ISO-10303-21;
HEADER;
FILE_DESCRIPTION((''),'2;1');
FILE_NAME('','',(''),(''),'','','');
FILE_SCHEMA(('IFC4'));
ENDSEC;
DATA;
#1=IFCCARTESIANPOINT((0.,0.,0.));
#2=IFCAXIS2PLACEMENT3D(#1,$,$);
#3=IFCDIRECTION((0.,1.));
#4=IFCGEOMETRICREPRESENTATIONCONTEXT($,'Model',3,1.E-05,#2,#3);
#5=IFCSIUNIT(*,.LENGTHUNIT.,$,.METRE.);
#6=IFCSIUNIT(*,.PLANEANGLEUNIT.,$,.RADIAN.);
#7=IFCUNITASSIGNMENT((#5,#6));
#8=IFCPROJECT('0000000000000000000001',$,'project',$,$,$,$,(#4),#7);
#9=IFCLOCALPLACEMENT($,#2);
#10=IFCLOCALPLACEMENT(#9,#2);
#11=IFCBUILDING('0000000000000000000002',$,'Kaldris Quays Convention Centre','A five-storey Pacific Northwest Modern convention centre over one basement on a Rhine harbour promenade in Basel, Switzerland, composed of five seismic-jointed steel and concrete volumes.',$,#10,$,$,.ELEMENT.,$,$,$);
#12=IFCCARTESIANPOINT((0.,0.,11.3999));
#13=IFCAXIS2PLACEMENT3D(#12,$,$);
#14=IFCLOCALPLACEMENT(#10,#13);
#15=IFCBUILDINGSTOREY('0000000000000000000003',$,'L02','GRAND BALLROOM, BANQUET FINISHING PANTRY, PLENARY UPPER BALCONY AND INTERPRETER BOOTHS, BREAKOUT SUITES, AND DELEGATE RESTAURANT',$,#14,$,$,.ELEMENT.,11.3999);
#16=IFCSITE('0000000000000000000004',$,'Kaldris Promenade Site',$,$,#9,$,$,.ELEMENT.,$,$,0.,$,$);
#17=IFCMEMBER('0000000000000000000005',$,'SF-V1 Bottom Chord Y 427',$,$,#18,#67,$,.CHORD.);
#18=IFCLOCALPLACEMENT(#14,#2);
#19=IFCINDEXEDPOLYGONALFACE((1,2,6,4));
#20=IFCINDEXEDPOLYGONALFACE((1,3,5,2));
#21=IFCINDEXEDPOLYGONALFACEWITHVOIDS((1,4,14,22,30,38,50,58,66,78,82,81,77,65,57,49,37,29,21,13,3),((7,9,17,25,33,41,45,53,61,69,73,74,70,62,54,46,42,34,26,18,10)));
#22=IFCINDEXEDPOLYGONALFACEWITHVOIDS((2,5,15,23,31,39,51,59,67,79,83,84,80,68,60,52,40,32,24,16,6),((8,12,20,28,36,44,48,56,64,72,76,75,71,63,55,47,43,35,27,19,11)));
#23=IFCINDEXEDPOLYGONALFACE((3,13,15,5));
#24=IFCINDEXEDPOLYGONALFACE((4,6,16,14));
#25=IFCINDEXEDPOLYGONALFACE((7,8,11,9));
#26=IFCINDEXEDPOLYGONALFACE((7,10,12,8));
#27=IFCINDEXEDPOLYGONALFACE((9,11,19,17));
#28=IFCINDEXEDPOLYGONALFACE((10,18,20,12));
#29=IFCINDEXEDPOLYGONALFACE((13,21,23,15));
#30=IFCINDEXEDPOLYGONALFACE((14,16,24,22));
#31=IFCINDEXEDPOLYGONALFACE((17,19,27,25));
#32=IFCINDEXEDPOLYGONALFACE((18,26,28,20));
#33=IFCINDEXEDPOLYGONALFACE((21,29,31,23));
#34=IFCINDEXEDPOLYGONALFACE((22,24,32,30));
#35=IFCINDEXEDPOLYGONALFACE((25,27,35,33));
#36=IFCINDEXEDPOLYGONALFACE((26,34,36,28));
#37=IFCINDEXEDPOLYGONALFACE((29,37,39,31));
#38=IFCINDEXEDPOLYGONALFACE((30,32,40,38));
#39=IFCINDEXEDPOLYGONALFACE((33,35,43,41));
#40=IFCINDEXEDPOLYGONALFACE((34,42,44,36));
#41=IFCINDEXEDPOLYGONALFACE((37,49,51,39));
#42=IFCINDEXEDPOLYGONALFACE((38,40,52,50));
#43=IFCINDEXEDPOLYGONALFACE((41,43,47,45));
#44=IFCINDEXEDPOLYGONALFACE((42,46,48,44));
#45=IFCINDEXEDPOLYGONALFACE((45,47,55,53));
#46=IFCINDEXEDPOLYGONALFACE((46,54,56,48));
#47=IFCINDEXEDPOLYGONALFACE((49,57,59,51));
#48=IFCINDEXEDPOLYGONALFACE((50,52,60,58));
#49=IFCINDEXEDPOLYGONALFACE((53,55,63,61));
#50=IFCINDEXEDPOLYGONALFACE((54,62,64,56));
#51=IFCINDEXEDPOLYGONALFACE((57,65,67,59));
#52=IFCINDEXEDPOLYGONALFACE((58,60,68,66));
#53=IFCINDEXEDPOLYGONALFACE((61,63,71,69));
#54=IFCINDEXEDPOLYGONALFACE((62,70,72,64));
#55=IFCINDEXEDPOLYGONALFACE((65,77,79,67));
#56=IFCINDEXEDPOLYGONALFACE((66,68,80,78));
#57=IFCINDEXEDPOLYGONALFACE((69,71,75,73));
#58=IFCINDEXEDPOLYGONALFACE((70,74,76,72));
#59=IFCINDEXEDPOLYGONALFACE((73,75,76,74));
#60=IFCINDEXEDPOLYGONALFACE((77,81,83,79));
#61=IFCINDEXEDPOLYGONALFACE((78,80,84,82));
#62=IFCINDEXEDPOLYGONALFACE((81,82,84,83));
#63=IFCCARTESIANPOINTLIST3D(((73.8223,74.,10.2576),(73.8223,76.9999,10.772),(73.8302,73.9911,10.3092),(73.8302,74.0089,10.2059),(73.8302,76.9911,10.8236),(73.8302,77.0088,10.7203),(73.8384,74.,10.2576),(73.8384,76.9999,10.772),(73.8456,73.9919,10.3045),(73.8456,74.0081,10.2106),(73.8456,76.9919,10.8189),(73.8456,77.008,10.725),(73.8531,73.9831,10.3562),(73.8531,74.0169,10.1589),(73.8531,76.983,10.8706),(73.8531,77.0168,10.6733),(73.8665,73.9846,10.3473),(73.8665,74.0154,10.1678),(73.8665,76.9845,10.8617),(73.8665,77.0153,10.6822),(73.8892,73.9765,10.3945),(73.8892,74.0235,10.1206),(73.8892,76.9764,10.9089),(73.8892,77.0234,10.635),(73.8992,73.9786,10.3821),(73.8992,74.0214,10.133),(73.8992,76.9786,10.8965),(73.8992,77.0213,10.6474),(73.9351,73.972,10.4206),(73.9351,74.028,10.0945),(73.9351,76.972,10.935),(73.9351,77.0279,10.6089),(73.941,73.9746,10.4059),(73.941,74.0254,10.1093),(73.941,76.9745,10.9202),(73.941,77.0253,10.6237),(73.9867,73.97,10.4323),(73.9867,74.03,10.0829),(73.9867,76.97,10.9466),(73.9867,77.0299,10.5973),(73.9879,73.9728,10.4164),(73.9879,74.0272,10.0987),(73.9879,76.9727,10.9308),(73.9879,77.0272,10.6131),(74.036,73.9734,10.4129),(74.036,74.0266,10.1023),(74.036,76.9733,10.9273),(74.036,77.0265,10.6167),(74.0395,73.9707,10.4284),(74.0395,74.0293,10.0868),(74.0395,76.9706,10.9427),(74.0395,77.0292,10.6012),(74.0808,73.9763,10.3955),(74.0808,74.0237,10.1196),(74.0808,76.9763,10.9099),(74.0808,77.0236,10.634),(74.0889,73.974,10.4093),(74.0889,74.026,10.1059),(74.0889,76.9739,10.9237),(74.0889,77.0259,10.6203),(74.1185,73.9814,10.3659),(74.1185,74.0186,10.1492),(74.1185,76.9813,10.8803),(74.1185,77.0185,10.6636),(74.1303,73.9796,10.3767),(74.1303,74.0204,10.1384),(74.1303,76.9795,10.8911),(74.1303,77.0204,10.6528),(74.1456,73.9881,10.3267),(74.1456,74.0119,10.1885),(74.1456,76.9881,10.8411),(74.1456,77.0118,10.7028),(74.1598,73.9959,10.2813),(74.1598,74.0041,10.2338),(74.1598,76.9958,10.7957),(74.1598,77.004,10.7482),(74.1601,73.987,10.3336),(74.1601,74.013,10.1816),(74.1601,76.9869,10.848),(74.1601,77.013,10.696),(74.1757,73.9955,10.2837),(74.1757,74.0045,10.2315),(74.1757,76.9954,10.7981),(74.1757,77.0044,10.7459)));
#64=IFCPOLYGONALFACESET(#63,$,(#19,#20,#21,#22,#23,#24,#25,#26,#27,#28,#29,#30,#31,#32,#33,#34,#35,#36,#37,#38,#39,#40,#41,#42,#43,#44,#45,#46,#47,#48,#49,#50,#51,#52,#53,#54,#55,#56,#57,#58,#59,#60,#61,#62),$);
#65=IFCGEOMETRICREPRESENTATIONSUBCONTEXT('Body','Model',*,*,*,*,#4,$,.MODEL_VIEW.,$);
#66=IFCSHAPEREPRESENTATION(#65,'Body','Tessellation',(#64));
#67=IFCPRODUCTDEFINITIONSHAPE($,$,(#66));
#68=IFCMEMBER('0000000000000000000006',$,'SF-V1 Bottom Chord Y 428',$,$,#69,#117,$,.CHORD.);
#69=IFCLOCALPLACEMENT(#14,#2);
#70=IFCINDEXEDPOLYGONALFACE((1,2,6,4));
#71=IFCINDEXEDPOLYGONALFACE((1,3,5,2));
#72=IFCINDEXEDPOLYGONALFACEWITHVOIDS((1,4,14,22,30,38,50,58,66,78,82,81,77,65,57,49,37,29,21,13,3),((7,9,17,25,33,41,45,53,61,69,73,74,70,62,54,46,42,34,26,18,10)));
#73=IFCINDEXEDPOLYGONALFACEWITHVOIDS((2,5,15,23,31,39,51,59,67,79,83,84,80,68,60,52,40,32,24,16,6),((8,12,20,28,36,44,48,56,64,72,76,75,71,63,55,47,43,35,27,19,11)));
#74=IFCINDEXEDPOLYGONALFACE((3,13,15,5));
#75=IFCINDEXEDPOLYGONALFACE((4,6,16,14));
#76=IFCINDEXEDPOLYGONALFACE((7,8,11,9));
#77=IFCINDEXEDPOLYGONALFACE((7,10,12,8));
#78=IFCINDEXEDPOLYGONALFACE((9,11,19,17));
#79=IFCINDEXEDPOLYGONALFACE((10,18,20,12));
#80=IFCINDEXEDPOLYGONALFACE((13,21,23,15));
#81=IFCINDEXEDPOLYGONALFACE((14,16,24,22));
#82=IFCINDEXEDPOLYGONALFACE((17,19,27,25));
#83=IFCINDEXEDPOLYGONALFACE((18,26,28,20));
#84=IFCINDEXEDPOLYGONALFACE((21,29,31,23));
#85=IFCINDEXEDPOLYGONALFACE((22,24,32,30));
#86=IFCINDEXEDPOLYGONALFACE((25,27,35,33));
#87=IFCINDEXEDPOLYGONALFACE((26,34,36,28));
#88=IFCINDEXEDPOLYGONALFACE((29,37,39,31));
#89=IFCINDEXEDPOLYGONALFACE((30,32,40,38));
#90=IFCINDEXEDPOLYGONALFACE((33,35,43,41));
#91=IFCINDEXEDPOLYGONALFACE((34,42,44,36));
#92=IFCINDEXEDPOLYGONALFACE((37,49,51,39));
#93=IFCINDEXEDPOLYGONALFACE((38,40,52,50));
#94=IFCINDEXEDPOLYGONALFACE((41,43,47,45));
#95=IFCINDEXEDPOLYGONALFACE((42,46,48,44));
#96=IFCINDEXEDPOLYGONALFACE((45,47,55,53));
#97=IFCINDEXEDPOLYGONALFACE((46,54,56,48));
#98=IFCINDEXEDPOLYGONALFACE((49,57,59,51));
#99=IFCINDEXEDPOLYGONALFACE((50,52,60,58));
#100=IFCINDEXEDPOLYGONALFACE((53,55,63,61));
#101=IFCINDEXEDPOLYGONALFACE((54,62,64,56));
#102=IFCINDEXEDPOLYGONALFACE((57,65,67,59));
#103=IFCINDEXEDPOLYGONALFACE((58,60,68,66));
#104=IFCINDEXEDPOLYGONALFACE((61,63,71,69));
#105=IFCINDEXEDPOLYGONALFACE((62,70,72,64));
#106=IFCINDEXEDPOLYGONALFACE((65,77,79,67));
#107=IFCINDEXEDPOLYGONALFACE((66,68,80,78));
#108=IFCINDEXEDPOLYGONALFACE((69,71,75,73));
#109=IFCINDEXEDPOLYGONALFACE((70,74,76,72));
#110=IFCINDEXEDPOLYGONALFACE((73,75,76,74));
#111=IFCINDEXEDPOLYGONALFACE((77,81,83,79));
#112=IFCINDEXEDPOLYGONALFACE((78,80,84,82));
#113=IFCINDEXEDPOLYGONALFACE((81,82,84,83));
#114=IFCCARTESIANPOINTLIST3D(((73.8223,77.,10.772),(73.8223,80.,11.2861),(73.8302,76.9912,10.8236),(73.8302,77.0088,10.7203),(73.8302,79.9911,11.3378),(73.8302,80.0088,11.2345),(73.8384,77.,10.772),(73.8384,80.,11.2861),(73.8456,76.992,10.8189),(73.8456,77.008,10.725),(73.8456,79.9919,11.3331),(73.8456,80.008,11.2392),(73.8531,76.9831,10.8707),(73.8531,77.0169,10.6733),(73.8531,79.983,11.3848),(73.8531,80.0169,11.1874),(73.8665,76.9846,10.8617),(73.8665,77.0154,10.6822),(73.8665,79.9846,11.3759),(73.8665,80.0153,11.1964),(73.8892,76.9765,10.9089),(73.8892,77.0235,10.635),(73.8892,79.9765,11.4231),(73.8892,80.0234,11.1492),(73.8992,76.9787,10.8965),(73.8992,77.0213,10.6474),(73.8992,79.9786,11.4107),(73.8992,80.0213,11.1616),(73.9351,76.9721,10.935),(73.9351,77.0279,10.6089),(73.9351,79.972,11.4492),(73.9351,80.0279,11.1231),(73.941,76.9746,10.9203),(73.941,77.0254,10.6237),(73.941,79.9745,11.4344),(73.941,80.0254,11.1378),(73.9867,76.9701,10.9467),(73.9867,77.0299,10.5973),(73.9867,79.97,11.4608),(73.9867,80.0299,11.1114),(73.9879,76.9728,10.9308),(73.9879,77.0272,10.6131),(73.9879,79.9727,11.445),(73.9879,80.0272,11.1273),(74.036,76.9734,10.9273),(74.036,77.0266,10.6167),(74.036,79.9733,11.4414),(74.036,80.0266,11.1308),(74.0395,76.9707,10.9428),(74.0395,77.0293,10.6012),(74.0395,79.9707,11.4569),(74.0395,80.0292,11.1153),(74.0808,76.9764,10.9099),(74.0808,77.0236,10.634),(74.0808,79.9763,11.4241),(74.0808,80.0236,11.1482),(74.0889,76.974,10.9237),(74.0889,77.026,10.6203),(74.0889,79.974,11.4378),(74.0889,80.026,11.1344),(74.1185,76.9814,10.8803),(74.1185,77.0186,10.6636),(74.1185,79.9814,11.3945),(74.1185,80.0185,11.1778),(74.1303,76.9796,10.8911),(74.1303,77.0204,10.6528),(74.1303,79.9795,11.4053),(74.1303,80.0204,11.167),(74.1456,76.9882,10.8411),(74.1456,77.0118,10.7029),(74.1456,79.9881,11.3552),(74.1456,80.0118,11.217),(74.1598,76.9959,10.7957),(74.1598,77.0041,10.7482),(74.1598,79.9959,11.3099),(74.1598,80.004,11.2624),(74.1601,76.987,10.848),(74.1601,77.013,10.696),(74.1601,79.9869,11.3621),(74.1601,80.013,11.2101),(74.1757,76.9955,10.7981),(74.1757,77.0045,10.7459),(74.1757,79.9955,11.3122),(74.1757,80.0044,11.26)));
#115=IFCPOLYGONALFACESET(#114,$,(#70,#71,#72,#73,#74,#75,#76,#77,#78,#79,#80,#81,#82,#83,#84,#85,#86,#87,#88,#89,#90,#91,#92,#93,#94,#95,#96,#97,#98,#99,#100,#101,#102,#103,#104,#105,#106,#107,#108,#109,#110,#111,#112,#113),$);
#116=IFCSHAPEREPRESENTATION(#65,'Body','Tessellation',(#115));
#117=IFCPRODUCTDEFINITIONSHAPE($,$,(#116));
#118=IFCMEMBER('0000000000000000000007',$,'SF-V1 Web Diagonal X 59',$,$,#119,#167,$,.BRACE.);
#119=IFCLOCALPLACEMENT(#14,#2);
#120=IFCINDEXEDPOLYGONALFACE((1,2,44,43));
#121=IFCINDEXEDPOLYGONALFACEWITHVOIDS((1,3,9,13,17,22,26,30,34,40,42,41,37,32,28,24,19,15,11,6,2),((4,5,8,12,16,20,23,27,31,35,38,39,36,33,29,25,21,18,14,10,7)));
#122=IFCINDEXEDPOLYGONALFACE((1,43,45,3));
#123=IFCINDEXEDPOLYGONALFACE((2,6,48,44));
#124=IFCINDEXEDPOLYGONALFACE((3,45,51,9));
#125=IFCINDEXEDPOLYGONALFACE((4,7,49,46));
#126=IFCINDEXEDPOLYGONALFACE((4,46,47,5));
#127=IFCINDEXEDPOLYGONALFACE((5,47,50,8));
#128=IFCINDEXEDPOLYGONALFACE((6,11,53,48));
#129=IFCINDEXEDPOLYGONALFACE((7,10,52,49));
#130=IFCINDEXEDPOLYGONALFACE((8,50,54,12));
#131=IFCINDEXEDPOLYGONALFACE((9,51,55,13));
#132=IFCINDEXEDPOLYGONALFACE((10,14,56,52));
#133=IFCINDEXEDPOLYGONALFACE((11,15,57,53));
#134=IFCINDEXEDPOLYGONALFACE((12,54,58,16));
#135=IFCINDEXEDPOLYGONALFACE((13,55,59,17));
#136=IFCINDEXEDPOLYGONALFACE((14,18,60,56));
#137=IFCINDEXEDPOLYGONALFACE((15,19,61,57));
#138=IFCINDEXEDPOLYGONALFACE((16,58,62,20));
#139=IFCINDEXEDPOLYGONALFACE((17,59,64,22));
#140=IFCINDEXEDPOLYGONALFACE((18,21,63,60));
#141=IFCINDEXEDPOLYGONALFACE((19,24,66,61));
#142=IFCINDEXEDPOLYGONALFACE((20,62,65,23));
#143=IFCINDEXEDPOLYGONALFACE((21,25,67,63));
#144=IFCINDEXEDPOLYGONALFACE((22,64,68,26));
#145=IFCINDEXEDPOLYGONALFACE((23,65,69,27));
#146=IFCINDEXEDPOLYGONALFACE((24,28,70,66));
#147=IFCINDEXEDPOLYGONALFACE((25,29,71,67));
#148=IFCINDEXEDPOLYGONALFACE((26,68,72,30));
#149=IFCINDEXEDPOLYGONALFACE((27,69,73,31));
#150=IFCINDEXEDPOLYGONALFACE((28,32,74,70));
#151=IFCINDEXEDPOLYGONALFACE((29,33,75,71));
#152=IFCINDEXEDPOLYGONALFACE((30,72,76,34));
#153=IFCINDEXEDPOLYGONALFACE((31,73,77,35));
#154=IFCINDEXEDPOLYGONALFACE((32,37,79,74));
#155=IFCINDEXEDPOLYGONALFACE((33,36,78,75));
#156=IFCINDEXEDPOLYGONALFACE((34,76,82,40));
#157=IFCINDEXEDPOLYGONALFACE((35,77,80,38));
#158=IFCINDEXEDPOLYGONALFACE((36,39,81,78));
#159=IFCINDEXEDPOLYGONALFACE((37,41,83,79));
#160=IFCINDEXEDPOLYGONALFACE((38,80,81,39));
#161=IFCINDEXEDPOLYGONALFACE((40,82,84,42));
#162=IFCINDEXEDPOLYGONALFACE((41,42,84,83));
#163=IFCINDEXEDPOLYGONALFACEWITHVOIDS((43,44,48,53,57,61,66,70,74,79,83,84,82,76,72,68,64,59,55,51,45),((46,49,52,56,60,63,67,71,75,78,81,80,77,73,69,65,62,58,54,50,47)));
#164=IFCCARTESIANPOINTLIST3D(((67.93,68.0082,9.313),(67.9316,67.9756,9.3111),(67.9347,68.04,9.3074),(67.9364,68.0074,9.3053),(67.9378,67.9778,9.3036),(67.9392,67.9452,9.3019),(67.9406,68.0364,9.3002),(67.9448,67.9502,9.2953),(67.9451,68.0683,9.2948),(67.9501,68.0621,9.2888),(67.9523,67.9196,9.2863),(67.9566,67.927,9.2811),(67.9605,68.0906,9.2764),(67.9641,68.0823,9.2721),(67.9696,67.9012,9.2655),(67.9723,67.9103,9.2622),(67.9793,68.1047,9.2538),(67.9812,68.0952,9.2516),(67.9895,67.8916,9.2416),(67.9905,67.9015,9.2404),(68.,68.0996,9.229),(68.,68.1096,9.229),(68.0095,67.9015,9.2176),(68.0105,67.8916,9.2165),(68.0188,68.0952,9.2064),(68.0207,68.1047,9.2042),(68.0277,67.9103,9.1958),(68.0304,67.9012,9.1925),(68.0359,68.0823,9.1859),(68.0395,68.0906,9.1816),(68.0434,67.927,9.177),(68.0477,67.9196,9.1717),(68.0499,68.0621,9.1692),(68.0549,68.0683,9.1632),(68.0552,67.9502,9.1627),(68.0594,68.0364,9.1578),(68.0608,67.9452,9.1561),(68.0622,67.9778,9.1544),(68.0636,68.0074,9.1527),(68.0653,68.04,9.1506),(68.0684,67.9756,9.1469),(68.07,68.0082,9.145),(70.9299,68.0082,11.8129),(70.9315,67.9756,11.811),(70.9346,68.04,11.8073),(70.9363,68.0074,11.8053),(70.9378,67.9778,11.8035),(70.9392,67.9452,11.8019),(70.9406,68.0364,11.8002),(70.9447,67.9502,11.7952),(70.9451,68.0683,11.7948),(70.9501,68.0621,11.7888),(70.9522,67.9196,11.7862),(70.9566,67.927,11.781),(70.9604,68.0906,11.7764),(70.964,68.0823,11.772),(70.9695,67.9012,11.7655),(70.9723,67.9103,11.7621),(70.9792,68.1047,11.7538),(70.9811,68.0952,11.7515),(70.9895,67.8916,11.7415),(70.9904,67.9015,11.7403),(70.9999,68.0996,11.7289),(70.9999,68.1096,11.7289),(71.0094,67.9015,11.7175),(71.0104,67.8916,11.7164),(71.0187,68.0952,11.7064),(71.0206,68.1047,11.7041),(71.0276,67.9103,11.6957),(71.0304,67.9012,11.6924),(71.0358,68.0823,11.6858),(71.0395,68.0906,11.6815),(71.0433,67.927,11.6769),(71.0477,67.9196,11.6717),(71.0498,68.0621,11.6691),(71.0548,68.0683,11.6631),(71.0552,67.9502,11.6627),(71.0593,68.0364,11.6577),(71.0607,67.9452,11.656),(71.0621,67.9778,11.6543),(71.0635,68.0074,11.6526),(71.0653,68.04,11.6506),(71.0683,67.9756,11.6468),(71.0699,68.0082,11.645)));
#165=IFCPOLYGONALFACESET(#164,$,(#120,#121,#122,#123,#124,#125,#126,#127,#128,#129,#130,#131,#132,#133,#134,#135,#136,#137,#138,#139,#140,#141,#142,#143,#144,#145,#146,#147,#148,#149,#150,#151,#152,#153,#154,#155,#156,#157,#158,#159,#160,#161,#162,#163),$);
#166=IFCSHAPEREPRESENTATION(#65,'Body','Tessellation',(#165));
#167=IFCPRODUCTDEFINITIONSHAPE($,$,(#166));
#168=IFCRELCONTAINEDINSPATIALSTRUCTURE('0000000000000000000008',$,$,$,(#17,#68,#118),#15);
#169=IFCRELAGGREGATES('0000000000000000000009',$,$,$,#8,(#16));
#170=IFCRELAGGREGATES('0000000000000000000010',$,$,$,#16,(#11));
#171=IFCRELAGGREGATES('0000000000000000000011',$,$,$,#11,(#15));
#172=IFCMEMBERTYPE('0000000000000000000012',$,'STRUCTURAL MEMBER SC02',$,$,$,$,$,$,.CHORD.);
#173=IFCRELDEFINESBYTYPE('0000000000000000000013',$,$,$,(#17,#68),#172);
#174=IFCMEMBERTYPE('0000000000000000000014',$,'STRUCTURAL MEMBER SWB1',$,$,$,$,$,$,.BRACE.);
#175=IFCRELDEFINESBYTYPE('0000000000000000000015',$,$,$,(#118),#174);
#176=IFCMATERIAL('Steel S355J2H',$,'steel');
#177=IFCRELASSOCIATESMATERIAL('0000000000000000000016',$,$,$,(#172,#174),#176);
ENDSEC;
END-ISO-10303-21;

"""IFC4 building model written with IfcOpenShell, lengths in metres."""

from ifc_helpers import new_model, si_unit, direction, frame, origin, origin_2d, place, context, subcontext, project, spatial, hollow_circle, extrude, material, material_profile, profile_set, type_object, element, save


model = new_model("IFC4")

# Units and contexts
model_context = context("Model", 3, precision=1e-05, world=origin(), true_north=direction((0.0, 1.0)))
body_context = subcontext(model_context, "Body", "Model", "MODEL_VIEW")
ifc_project = project(units=[si_unit("LENGTHUNIT", "METRE"), si_unit("PLANEANGLEUNIT", "RADIAN")], contexts=[model_context])

# Site, building, storey
site_placement = place(None, origin())
site = spatial("IfcSite", under=ifc_project, at=site_placement, Name="Kaldris Promenade Site", CompositionType="ELEMENT", RefElevation=0.0)
building_placement = place(site_placement, origin())
building = spatial("IfcBuilding", under=site, at=building_placement, Name="Kaldris Quays Convention Centre", Description="A five-storey Pacific Northwest Modern convention centre over one basement on a Rhine harbour promenade in Basel, Switzerland, composed of five seismic-jointed steel and concrete volumes.", CompositionType="ELEMENT")
storey_placement = place(building_placement, frame((0.0, 0.0, 11.3999)))
storey = spatial("IfcBuildingStorey", under=building, at=storey_placement, Name="L02", Description="GRAND BALLROOM, BANQUET FINISHING PANTRY, PLENARY UPPER BALCONY AND INTERPRETER BOOTHS, BREAKOUT SUITES, AND DELEGATE RESTAURANT", CompositionType="ELEMENT", Elevation=11.3999)

# Members
ifc_material_1 = material(Name="Steel S355J2H", Category="steel")
ifc_material_profile_1 = material_profile(ifc_material_1, hollow_circle(Radius=0.1777, WallThickness=0.0161, at=origin_2d()), Name="CHS 355.6x16")
ifc_profile_set_1 = profile_set([ifc_material_profile_1], Name="Steel S355J2H")
member_type_1 = type_object("IfcMemberType", Name="STRUCTURAL MEMBER SC02", PredefinedType="CHORD", material=ifc_profile_set_1)
for number, where, z_axis, x_axis, name in (
    (1, (74.0, 74.0, 10.2576), (0.0, 0.985616, 0.169002), (-1.0, 0.0, 0.0), "SF-V1 Bottom Chord Y 427"),
    (2, (74.0, 77.0, 10.772), (0.0, 0.985629, 0.168924), (-1.0, 0.0, 0.0), "SF-V1 Bottom Chord Y 428"),
):
    element("IfcMember", number, at=place(storey_placement, frame(where, z_axis=z_axis, x_axis=x_axis)), inside=storey, type_object=member_type_1, Name=name, PredefinedType="CHORD", context=body_context, shape_type="SweptSolid", body=[
        extrude(hollow_circle(Radius=0.1777, WallThickness=0.0161, at=origin_2d()), origin(), (0.0, 0.0, 1.0), 3.0437),
    ])
ifc_material_profile_2 = material_profile(ifc_material_1, hollow_circle(Radius=0.1096, WallThickness=0.01, at=origin_2d()), Name="CHS 219.1x10")
ifc_profile_set_2 = profile_set([ifc_material_profile_2], Name="Steel S355J2H")
member_type_2 = type_object("IfcMemberType", Name="STRUCTURAL MEMBER SWB1", PredefinedType="BRACE", material=ifc_profile_set_2)
for number, where, z_axis, x_axis, name in (
    (3, (68.0, 68.0, 9.229), (0.768221, 0.0, 0.640184), (0.0, 1.0, 0.0), "SF-V1 Web Diagonal X 59"),
):
    element("IfcMember", number, at=place(storey_placement, frame(where, z_axis=z_axis, x_axis=x_axis)), inside=storey, type_object=member_type_2, Name=name, PredefinedType="BRACE", context=body_context, shape_type="SweptSolid", body=[
        extrude(hollow_circle(Radius=0.1096, WallThickness=0.01, at=origin_2d()), origin(), (0.0, 0.0, 1.0), 3.905),
    ])

save(model, "model.ifc")
